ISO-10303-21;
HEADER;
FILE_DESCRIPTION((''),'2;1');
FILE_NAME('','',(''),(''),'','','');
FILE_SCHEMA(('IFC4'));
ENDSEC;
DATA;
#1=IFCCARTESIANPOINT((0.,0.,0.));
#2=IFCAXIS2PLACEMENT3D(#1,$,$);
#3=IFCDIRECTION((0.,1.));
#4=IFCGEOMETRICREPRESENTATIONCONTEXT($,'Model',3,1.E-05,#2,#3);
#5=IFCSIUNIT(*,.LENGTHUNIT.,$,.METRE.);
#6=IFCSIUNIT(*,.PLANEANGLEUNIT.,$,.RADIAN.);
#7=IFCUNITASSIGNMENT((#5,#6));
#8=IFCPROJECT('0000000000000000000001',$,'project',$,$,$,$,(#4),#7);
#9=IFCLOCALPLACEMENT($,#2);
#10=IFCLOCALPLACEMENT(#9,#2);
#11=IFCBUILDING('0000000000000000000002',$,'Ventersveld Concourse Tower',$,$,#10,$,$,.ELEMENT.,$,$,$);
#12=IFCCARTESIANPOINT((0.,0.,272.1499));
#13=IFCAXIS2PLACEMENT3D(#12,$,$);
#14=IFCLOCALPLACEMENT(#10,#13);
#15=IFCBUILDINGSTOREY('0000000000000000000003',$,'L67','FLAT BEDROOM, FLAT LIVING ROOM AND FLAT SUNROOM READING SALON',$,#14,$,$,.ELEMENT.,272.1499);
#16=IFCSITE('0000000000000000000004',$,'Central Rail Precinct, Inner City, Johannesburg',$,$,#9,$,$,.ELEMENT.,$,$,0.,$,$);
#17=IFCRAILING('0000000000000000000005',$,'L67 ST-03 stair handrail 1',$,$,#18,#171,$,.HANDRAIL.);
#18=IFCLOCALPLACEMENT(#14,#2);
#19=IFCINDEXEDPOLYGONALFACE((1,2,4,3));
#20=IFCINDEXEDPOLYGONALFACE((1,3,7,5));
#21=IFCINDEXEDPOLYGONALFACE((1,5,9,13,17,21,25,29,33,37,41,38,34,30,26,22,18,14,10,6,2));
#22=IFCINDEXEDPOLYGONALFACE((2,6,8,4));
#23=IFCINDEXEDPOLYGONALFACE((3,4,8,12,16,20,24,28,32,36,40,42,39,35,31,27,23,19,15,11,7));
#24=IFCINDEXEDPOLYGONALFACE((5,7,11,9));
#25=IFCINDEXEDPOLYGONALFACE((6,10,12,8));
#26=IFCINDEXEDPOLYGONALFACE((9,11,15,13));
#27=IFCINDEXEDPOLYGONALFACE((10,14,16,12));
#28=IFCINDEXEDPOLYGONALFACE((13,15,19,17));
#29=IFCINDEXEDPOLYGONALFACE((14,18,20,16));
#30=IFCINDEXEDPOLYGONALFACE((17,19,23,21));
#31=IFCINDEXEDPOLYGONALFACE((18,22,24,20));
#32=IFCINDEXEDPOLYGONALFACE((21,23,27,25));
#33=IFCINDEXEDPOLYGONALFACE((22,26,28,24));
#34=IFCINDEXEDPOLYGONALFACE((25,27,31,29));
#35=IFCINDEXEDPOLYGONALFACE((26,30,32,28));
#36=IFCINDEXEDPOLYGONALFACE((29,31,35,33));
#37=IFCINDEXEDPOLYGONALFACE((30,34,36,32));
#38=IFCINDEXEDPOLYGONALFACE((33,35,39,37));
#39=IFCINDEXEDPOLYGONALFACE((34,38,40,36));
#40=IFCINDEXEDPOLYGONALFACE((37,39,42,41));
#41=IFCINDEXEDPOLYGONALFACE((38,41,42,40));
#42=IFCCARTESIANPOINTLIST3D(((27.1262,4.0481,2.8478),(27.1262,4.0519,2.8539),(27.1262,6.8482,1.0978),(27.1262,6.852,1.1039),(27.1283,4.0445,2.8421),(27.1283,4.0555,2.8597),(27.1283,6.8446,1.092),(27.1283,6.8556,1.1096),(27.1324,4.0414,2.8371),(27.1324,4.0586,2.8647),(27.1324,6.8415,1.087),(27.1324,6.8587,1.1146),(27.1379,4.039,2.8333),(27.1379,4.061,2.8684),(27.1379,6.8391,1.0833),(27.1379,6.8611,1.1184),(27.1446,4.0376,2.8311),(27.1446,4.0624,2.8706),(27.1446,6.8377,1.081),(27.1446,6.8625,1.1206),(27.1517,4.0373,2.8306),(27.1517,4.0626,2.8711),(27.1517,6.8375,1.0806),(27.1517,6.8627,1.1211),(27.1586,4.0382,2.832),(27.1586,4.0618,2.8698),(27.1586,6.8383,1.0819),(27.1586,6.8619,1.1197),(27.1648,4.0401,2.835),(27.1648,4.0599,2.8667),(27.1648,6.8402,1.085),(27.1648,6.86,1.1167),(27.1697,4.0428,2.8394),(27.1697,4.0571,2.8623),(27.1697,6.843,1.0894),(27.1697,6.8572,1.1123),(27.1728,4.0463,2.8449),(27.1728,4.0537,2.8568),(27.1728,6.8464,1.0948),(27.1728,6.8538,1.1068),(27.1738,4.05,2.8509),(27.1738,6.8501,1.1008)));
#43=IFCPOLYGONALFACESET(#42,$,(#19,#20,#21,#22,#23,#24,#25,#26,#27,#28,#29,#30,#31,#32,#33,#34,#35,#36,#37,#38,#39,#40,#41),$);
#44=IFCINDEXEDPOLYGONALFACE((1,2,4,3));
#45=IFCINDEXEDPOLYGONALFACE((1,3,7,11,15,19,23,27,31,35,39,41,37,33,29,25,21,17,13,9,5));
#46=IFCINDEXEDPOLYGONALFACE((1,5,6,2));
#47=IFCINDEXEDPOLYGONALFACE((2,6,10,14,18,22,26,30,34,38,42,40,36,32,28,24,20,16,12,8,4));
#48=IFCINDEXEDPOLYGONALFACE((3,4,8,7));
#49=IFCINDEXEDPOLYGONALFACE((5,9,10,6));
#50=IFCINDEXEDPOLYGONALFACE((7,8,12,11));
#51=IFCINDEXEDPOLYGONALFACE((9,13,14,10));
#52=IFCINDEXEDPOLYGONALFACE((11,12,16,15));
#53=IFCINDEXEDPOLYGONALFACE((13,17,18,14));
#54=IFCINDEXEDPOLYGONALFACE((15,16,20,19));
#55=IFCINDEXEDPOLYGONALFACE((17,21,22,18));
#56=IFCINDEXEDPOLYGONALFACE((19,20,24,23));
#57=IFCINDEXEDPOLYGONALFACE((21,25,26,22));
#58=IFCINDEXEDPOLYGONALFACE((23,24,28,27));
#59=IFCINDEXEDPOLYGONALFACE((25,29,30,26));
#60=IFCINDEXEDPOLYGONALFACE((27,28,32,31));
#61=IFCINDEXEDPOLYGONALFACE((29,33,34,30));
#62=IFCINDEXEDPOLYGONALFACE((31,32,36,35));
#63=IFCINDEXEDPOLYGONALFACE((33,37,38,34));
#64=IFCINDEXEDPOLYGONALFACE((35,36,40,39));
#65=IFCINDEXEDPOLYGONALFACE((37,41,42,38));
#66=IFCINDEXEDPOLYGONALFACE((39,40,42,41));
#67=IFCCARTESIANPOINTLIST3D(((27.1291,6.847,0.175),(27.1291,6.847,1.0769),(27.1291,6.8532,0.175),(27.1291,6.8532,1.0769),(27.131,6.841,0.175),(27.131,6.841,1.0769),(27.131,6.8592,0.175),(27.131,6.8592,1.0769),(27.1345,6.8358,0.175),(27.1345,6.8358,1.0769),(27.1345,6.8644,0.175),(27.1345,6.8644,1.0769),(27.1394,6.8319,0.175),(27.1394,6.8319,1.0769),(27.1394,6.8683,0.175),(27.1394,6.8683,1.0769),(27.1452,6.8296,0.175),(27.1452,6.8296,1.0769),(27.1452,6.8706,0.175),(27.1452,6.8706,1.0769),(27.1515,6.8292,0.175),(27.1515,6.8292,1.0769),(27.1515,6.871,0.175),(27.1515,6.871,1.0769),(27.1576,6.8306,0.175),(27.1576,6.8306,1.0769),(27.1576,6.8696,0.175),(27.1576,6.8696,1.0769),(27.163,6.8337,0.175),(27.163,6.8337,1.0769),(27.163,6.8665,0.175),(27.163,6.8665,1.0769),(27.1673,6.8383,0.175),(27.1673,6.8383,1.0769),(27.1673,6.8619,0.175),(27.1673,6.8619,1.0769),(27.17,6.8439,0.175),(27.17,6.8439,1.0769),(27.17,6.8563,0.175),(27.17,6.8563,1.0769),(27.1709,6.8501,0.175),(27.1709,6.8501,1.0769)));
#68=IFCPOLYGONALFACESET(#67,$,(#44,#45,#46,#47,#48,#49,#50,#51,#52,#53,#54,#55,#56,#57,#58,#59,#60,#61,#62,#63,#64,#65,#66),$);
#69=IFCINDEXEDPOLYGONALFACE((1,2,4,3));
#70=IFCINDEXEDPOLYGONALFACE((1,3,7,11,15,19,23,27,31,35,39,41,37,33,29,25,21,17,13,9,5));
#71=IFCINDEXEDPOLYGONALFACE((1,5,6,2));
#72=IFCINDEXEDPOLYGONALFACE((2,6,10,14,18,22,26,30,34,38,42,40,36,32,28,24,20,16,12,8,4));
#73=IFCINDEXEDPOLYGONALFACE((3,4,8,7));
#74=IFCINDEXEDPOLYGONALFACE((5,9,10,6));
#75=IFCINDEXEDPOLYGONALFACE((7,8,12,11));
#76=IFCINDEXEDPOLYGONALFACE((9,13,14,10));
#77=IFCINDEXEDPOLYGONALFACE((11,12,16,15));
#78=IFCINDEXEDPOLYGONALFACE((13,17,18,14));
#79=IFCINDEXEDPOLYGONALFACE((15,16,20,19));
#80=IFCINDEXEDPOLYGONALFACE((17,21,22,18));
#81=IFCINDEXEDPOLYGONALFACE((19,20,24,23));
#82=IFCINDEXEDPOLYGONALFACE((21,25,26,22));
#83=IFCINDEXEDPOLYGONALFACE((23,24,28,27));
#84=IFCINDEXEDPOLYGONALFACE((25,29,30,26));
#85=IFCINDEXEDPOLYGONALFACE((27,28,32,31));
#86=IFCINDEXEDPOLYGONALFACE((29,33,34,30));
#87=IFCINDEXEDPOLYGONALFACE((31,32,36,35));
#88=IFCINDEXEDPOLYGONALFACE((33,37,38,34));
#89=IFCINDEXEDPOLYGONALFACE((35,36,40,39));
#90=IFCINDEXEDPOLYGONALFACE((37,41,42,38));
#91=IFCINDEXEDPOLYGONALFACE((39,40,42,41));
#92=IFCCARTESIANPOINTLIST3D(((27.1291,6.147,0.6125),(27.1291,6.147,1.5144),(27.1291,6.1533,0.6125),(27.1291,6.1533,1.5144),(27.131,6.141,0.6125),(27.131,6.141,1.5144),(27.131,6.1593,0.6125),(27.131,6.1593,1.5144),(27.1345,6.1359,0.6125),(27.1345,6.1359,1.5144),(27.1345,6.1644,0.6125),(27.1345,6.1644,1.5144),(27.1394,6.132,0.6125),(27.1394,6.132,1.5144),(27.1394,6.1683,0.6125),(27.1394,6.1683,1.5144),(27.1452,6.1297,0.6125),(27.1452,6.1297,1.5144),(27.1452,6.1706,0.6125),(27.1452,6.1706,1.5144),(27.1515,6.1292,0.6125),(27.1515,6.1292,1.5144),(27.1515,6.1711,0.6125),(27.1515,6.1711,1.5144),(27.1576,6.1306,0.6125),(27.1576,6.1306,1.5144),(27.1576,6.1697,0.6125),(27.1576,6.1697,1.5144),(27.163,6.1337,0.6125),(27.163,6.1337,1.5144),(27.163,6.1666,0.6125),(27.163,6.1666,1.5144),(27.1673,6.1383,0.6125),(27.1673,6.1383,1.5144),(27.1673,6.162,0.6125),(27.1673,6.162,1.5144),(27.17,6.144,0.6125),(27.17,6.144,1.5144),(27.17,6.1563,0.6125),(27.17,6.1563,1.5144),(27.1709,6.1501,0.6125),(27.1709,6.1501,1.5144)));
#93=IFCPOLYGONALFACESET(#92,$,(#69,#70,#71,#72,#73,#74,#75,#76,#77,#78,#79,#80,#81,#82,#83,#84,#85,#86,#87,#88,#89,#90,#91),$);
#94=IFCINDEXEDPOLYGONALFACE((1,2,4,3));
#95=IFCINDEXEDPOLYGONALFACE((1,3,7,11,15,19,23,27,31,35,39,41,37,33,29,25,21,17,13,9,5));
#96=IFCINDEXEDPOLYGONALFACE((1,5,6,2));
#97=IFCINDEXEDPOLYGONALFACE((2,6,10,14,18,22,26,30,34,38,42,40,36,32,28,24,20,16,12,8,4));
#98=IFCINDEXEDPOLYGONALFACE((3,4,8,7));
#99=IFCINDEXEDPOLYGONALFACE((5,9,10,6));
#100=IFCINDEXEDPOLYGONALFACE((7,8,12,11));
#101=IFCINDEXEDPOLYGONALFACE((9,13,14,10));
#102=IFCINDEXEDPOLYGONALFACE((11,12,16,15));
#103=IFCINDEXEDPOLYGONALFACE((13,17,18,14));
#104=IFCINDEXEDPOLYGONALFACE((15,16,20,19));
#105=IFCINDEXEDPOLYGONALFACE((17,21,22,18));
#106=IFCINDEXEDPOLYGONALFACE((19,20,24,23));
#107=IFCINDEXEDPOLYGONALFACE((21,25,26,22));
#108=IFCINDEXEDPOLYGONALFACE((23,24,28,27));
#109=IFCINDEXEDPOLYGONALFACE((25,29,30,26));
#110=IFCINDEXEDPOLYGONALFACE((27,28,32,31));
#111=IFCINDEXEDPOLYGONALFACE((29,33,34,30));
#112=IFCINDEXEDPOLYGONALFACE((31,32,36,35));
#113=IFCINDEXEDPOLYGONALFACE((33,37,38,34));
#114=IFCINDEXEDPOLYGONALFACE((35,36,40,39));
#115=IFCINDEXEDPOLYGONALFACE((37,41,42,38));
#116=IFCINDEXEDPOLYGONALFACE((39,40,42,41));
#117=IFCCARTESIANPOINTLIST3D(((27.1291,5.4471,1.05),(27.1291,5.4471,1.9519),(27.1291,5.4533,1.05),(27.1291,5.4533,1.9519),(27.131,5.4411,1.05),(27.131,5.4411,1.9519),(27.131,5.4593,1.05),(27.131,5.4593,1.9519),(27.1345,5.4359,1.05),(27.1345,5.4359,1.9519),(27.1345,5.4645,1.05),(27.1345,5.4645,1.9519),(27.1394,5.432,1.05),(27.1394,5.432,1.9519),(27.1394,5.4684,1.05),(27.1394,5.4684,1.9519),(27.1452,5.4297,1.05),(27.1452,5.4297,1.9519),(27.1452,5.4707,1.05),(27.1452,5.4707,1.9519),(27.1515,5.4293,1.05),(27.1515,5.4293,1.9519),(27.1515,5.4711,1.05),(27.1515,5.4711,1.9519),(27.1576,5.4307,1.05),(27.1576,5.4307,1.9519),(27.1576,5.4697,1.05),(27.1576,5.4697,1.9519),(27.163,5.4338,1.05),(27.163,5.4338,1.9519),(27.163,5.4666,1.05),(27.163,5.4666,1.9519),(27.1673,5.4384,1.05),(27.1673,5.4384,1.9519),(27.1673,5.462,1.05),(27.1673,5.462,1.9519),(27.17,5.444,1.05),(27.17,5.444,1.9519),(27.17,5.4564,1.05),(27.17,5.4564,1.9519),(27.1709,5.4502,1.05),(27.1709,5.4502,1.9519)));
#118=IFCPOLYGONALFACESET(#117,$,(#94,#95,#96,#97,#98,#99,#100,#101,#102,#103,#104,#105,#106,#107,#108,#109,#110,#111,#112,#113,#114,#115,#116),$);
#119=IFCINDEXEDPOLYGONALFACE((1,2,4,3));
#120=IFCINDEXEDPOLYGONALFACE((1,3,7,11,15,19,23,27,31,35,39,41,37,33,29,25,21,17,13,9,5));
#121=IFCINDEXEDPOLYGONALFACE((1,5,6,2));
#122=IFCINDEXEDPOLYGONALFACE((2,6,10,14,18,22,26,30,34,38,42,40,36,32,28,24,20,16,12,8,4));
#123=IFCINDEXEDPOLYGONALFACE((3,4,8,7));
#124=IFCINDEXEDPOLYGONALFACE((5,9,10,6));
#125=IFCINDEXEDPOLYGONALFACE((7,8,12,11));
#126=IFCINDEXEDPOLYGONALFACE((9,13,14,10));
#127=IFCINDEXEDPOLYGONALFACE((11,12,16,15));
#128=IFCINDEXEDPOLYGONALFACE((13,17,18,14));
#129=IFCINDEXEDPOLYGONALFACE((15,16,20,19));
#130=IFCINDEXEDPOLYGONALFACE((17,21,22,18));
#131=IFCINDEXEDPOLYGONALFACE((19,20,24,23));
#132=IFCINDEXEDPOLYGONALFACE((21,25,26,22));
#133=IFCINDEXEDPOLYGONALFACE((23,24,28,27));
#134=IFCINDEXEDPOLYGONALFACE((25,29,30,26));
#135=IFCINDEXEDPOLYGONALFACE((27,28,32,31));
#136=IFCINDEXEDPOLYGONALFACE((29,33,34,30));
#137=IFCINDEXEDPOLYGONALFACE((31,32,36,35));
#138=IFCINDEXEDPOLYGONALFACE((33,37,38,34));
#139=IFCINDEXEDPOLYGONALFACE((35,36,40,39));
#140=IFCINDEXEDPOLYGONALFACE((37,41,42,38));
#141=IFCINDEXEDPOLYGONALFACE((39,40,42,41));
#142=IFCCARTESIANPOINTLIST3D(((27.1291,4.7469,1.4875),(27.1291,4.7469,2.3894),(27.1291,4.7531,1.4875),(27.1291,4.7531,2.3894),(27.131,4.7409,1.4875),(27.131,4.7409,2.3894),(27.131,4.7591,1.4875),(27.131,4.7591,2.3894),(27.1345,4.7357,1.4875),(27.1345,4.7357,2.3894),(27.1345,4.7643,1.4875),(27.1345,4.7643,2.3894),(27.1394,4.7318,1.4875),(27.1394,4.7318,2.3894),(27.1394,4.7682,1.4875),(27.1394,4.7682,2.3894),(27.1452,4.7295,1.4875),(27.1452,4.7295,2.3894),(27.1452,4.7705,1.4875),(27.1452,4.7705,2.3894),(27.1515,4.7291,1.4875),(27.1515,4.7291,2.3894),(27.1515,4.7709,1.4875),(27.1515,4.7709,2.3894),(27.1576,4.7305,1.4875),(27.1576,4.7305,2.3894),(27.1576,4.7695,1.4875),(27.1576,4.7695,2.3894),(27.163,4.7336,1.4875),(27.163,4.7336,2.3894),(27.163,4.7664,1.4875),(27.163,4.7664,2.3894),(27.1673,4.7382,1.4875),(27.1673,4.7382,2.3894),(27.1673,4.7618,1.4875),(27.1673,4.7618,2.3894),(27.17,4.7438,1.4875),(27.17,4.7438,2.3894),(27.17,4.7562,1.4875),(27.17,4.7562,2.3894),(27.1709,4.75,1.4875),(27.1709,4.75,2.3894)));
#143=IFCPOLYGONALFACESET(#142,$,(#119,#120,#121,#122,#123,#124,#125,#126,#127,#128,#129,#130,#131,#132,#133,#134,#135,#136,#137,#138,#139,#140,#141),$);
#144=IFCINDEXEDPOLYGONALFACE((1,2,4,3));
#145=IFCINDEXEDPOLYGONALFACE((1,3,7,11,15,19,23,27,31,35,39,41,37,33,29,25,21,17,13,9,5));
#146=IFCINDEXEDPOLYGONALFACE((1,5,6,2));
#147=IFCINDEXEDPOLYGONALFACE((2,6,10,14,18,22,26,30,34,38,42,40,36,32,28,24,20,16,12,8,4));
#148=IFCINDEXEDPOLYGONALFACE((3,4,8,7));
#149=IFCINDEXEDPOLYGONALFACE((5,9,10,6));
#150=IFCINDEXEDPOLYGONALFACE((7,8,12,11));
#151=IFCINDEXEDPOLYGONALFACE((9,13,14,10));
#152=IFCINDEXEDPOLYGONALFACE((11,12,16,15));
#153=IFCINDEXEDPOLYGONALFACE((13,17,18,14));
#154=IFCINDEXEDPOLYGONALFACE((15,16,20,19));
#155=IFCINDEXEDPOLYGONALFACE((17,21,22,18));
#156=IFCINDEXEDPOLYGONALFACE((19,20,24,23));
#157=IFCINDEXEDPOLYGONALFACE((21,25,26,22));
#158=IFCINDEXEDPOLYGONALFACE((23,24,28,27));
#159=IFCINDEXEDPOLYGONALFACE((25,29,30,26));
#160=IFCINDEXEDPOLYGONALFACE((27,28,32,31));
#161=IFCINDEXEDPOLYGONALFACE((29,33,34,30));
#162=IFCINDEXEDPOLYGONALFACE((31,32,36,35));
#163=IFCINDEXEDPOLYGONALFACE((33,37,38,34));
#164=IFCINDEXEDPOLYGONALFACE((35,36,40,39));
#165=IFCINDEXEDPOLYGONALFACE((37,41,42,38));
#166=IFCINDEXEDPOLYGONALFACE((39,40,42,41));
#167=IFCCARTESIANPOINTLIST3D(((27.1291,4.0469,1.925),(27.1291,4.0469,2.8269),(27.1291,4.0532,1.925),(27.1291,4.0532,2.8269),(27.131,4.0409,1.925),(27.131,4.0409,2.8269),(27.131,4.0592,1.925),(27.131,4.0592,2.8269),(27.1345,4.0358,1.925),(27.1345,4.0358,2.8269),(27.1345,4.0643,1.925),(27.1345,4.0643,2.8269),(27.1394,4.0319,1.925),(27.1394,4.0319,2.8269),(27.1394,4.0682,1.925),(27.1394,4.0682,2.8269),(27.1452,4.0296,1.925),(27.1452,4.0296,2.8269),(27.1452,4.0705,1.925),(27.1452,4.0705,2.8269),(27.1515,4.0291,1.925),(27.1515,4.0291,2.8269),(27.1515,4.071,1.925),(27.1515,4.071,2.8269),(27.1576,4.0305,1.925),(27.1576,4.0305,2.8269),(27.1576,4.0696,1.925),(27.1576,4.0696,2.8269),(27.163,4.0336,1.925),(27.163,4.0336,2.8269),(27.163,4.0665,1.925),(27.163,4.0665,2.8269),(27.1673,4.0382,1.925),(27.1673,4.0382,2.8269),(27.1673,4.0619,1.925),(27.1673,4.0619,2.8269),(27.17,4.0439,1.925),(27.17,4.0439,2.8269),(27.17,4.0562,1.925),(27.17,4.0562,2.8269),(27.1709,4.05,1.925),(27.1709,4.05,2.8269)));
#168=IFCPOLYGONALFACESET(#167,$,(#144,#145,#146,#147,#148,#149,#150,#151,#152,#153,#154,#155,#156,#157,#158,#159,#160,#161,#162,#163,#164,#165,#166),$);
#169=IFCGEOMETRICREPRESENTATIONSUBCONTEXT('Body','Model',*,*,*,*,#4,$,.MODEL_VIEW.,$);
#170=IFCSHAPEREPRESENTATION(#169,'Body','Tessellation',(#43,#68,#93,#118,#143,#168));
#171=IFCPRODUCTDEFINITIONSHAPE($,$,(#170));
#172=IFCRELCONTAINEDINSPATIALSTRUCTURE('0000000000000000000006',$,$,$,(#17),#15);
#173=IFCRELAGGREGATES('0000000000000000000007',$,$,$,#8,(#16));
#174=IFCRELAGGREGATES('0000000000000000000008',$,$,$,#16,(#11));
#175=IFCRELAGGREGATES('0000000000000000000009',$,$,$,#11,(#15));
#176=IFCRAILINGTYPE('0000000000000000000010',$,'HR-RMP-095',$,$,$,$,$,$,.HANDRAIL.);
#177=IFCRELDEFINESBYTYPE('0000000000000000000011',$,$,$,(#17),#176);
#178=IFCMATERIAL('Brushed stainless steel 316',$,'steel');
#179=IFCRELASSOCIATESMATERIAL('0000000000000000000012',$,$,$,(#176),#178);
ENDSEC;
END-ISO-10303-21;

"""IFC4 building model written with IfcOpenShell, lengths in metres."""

from ifc_helpers import new_model, si_unit, direction, frame, origin, origin_2d, place, context, subcontext, project, spatial, circle, extrude, material, type_object, element, save


model = new_model("IFC4")

# Units and contexts
model_context = context("Model", 3, precision=1e-05, world=origin(), true_north=direction((0.0, 1.0)))
body_context = subcontext(model_context, "Body", "Model", "MODEL_VIEW")
ifc_project = project(units=[si_unit("LENGTHUNIT", "METRE"), si_unit("PLANEANGLEUNIT", "RADIAN")], contexts=[model_context])

# Site, building, storey
site_placement = place(None, origin())
site = spatial("IfcSite", under=ifc_project, at=site_placement, Name="Central Rail Precinct, Inner City, Johannesburg", CompositionType="ELEMENT", RefElevation=0.0)
building_placement = place(site_placement, origin())
building = spatial("IfcBuilding", under=site, at=building_placement, Name="Ventersveld Concourse Tower", CompositionType="ELEMENT")
storey_placement = place(building_placement, frame((0.0, 0.0, 272.1499)))
storey = spatial("IfcBuildingStorey", under=building, at=storey_placement, Name="L67", Description="FLAT BEDROOM, FLAT LIVING ROOM AND FLAT SUNROOM READING SALON", CompositionType="ELEMENT", Elevation=272.1499)

# Railing
ifc_material_1 = material(Name="Brushed stainless steel 316", Category="steel")
railing_type_1 = type_object("IfcRailingType", Name="HR-RMP-095", PredefinedType="HANDRAIL", material=ifc_material_1)
railing_1_placement = place(storey_placement, frame((27.1499, 6.8501, 0.175)))
element("IfcRailing", 1, at=railing_1_placement, inside=storey, type_object=railing_type_1, Name="L67 ST-03 stair handrail 1", PredefinedType="HANDRAIL", context=body_context, shape_type="SweptSolid", body=[
    extrude(circle(Radius=0.0239, at=origin_2d()), frame((0.0, 0.0, 0.9258), z_axis=(0.0, -0.848002, 0.529992), x_axis=(1.0, 0.0, 0.0)), (0.0, 0.0, 1.0), 3.302),
    extrude(circle(Radius=0.021, at=origin_2d()), origin(), (0.0, 0.0, 1.0), 0.9019),
    extrude(circle(Radius=0.021, at=origin_2d()), frame((0.0, -0.7, 0.4375)), (0.0, 0.0, 1.0), 0.9019),
    extrude(circle(Radius=0.021, at=origin_2d()), frame((0.0, -1.3999, 0.875)), (0.0, 0.0, 1.0), 0.9019),
    extrude(circle(Radius=0.021, at=origin_2d()), frame((0.0, -2.1001, 1.3125)), (0.0, 0.0, 1.0), 0.9019),
    extrude(circle(Radius=0.021, at=origin_2d()), frame((0.0, -2.8, 1.75)), (0.0, 0.0, 1.0), 0.9019),
])

save(model, "model.ifc")
